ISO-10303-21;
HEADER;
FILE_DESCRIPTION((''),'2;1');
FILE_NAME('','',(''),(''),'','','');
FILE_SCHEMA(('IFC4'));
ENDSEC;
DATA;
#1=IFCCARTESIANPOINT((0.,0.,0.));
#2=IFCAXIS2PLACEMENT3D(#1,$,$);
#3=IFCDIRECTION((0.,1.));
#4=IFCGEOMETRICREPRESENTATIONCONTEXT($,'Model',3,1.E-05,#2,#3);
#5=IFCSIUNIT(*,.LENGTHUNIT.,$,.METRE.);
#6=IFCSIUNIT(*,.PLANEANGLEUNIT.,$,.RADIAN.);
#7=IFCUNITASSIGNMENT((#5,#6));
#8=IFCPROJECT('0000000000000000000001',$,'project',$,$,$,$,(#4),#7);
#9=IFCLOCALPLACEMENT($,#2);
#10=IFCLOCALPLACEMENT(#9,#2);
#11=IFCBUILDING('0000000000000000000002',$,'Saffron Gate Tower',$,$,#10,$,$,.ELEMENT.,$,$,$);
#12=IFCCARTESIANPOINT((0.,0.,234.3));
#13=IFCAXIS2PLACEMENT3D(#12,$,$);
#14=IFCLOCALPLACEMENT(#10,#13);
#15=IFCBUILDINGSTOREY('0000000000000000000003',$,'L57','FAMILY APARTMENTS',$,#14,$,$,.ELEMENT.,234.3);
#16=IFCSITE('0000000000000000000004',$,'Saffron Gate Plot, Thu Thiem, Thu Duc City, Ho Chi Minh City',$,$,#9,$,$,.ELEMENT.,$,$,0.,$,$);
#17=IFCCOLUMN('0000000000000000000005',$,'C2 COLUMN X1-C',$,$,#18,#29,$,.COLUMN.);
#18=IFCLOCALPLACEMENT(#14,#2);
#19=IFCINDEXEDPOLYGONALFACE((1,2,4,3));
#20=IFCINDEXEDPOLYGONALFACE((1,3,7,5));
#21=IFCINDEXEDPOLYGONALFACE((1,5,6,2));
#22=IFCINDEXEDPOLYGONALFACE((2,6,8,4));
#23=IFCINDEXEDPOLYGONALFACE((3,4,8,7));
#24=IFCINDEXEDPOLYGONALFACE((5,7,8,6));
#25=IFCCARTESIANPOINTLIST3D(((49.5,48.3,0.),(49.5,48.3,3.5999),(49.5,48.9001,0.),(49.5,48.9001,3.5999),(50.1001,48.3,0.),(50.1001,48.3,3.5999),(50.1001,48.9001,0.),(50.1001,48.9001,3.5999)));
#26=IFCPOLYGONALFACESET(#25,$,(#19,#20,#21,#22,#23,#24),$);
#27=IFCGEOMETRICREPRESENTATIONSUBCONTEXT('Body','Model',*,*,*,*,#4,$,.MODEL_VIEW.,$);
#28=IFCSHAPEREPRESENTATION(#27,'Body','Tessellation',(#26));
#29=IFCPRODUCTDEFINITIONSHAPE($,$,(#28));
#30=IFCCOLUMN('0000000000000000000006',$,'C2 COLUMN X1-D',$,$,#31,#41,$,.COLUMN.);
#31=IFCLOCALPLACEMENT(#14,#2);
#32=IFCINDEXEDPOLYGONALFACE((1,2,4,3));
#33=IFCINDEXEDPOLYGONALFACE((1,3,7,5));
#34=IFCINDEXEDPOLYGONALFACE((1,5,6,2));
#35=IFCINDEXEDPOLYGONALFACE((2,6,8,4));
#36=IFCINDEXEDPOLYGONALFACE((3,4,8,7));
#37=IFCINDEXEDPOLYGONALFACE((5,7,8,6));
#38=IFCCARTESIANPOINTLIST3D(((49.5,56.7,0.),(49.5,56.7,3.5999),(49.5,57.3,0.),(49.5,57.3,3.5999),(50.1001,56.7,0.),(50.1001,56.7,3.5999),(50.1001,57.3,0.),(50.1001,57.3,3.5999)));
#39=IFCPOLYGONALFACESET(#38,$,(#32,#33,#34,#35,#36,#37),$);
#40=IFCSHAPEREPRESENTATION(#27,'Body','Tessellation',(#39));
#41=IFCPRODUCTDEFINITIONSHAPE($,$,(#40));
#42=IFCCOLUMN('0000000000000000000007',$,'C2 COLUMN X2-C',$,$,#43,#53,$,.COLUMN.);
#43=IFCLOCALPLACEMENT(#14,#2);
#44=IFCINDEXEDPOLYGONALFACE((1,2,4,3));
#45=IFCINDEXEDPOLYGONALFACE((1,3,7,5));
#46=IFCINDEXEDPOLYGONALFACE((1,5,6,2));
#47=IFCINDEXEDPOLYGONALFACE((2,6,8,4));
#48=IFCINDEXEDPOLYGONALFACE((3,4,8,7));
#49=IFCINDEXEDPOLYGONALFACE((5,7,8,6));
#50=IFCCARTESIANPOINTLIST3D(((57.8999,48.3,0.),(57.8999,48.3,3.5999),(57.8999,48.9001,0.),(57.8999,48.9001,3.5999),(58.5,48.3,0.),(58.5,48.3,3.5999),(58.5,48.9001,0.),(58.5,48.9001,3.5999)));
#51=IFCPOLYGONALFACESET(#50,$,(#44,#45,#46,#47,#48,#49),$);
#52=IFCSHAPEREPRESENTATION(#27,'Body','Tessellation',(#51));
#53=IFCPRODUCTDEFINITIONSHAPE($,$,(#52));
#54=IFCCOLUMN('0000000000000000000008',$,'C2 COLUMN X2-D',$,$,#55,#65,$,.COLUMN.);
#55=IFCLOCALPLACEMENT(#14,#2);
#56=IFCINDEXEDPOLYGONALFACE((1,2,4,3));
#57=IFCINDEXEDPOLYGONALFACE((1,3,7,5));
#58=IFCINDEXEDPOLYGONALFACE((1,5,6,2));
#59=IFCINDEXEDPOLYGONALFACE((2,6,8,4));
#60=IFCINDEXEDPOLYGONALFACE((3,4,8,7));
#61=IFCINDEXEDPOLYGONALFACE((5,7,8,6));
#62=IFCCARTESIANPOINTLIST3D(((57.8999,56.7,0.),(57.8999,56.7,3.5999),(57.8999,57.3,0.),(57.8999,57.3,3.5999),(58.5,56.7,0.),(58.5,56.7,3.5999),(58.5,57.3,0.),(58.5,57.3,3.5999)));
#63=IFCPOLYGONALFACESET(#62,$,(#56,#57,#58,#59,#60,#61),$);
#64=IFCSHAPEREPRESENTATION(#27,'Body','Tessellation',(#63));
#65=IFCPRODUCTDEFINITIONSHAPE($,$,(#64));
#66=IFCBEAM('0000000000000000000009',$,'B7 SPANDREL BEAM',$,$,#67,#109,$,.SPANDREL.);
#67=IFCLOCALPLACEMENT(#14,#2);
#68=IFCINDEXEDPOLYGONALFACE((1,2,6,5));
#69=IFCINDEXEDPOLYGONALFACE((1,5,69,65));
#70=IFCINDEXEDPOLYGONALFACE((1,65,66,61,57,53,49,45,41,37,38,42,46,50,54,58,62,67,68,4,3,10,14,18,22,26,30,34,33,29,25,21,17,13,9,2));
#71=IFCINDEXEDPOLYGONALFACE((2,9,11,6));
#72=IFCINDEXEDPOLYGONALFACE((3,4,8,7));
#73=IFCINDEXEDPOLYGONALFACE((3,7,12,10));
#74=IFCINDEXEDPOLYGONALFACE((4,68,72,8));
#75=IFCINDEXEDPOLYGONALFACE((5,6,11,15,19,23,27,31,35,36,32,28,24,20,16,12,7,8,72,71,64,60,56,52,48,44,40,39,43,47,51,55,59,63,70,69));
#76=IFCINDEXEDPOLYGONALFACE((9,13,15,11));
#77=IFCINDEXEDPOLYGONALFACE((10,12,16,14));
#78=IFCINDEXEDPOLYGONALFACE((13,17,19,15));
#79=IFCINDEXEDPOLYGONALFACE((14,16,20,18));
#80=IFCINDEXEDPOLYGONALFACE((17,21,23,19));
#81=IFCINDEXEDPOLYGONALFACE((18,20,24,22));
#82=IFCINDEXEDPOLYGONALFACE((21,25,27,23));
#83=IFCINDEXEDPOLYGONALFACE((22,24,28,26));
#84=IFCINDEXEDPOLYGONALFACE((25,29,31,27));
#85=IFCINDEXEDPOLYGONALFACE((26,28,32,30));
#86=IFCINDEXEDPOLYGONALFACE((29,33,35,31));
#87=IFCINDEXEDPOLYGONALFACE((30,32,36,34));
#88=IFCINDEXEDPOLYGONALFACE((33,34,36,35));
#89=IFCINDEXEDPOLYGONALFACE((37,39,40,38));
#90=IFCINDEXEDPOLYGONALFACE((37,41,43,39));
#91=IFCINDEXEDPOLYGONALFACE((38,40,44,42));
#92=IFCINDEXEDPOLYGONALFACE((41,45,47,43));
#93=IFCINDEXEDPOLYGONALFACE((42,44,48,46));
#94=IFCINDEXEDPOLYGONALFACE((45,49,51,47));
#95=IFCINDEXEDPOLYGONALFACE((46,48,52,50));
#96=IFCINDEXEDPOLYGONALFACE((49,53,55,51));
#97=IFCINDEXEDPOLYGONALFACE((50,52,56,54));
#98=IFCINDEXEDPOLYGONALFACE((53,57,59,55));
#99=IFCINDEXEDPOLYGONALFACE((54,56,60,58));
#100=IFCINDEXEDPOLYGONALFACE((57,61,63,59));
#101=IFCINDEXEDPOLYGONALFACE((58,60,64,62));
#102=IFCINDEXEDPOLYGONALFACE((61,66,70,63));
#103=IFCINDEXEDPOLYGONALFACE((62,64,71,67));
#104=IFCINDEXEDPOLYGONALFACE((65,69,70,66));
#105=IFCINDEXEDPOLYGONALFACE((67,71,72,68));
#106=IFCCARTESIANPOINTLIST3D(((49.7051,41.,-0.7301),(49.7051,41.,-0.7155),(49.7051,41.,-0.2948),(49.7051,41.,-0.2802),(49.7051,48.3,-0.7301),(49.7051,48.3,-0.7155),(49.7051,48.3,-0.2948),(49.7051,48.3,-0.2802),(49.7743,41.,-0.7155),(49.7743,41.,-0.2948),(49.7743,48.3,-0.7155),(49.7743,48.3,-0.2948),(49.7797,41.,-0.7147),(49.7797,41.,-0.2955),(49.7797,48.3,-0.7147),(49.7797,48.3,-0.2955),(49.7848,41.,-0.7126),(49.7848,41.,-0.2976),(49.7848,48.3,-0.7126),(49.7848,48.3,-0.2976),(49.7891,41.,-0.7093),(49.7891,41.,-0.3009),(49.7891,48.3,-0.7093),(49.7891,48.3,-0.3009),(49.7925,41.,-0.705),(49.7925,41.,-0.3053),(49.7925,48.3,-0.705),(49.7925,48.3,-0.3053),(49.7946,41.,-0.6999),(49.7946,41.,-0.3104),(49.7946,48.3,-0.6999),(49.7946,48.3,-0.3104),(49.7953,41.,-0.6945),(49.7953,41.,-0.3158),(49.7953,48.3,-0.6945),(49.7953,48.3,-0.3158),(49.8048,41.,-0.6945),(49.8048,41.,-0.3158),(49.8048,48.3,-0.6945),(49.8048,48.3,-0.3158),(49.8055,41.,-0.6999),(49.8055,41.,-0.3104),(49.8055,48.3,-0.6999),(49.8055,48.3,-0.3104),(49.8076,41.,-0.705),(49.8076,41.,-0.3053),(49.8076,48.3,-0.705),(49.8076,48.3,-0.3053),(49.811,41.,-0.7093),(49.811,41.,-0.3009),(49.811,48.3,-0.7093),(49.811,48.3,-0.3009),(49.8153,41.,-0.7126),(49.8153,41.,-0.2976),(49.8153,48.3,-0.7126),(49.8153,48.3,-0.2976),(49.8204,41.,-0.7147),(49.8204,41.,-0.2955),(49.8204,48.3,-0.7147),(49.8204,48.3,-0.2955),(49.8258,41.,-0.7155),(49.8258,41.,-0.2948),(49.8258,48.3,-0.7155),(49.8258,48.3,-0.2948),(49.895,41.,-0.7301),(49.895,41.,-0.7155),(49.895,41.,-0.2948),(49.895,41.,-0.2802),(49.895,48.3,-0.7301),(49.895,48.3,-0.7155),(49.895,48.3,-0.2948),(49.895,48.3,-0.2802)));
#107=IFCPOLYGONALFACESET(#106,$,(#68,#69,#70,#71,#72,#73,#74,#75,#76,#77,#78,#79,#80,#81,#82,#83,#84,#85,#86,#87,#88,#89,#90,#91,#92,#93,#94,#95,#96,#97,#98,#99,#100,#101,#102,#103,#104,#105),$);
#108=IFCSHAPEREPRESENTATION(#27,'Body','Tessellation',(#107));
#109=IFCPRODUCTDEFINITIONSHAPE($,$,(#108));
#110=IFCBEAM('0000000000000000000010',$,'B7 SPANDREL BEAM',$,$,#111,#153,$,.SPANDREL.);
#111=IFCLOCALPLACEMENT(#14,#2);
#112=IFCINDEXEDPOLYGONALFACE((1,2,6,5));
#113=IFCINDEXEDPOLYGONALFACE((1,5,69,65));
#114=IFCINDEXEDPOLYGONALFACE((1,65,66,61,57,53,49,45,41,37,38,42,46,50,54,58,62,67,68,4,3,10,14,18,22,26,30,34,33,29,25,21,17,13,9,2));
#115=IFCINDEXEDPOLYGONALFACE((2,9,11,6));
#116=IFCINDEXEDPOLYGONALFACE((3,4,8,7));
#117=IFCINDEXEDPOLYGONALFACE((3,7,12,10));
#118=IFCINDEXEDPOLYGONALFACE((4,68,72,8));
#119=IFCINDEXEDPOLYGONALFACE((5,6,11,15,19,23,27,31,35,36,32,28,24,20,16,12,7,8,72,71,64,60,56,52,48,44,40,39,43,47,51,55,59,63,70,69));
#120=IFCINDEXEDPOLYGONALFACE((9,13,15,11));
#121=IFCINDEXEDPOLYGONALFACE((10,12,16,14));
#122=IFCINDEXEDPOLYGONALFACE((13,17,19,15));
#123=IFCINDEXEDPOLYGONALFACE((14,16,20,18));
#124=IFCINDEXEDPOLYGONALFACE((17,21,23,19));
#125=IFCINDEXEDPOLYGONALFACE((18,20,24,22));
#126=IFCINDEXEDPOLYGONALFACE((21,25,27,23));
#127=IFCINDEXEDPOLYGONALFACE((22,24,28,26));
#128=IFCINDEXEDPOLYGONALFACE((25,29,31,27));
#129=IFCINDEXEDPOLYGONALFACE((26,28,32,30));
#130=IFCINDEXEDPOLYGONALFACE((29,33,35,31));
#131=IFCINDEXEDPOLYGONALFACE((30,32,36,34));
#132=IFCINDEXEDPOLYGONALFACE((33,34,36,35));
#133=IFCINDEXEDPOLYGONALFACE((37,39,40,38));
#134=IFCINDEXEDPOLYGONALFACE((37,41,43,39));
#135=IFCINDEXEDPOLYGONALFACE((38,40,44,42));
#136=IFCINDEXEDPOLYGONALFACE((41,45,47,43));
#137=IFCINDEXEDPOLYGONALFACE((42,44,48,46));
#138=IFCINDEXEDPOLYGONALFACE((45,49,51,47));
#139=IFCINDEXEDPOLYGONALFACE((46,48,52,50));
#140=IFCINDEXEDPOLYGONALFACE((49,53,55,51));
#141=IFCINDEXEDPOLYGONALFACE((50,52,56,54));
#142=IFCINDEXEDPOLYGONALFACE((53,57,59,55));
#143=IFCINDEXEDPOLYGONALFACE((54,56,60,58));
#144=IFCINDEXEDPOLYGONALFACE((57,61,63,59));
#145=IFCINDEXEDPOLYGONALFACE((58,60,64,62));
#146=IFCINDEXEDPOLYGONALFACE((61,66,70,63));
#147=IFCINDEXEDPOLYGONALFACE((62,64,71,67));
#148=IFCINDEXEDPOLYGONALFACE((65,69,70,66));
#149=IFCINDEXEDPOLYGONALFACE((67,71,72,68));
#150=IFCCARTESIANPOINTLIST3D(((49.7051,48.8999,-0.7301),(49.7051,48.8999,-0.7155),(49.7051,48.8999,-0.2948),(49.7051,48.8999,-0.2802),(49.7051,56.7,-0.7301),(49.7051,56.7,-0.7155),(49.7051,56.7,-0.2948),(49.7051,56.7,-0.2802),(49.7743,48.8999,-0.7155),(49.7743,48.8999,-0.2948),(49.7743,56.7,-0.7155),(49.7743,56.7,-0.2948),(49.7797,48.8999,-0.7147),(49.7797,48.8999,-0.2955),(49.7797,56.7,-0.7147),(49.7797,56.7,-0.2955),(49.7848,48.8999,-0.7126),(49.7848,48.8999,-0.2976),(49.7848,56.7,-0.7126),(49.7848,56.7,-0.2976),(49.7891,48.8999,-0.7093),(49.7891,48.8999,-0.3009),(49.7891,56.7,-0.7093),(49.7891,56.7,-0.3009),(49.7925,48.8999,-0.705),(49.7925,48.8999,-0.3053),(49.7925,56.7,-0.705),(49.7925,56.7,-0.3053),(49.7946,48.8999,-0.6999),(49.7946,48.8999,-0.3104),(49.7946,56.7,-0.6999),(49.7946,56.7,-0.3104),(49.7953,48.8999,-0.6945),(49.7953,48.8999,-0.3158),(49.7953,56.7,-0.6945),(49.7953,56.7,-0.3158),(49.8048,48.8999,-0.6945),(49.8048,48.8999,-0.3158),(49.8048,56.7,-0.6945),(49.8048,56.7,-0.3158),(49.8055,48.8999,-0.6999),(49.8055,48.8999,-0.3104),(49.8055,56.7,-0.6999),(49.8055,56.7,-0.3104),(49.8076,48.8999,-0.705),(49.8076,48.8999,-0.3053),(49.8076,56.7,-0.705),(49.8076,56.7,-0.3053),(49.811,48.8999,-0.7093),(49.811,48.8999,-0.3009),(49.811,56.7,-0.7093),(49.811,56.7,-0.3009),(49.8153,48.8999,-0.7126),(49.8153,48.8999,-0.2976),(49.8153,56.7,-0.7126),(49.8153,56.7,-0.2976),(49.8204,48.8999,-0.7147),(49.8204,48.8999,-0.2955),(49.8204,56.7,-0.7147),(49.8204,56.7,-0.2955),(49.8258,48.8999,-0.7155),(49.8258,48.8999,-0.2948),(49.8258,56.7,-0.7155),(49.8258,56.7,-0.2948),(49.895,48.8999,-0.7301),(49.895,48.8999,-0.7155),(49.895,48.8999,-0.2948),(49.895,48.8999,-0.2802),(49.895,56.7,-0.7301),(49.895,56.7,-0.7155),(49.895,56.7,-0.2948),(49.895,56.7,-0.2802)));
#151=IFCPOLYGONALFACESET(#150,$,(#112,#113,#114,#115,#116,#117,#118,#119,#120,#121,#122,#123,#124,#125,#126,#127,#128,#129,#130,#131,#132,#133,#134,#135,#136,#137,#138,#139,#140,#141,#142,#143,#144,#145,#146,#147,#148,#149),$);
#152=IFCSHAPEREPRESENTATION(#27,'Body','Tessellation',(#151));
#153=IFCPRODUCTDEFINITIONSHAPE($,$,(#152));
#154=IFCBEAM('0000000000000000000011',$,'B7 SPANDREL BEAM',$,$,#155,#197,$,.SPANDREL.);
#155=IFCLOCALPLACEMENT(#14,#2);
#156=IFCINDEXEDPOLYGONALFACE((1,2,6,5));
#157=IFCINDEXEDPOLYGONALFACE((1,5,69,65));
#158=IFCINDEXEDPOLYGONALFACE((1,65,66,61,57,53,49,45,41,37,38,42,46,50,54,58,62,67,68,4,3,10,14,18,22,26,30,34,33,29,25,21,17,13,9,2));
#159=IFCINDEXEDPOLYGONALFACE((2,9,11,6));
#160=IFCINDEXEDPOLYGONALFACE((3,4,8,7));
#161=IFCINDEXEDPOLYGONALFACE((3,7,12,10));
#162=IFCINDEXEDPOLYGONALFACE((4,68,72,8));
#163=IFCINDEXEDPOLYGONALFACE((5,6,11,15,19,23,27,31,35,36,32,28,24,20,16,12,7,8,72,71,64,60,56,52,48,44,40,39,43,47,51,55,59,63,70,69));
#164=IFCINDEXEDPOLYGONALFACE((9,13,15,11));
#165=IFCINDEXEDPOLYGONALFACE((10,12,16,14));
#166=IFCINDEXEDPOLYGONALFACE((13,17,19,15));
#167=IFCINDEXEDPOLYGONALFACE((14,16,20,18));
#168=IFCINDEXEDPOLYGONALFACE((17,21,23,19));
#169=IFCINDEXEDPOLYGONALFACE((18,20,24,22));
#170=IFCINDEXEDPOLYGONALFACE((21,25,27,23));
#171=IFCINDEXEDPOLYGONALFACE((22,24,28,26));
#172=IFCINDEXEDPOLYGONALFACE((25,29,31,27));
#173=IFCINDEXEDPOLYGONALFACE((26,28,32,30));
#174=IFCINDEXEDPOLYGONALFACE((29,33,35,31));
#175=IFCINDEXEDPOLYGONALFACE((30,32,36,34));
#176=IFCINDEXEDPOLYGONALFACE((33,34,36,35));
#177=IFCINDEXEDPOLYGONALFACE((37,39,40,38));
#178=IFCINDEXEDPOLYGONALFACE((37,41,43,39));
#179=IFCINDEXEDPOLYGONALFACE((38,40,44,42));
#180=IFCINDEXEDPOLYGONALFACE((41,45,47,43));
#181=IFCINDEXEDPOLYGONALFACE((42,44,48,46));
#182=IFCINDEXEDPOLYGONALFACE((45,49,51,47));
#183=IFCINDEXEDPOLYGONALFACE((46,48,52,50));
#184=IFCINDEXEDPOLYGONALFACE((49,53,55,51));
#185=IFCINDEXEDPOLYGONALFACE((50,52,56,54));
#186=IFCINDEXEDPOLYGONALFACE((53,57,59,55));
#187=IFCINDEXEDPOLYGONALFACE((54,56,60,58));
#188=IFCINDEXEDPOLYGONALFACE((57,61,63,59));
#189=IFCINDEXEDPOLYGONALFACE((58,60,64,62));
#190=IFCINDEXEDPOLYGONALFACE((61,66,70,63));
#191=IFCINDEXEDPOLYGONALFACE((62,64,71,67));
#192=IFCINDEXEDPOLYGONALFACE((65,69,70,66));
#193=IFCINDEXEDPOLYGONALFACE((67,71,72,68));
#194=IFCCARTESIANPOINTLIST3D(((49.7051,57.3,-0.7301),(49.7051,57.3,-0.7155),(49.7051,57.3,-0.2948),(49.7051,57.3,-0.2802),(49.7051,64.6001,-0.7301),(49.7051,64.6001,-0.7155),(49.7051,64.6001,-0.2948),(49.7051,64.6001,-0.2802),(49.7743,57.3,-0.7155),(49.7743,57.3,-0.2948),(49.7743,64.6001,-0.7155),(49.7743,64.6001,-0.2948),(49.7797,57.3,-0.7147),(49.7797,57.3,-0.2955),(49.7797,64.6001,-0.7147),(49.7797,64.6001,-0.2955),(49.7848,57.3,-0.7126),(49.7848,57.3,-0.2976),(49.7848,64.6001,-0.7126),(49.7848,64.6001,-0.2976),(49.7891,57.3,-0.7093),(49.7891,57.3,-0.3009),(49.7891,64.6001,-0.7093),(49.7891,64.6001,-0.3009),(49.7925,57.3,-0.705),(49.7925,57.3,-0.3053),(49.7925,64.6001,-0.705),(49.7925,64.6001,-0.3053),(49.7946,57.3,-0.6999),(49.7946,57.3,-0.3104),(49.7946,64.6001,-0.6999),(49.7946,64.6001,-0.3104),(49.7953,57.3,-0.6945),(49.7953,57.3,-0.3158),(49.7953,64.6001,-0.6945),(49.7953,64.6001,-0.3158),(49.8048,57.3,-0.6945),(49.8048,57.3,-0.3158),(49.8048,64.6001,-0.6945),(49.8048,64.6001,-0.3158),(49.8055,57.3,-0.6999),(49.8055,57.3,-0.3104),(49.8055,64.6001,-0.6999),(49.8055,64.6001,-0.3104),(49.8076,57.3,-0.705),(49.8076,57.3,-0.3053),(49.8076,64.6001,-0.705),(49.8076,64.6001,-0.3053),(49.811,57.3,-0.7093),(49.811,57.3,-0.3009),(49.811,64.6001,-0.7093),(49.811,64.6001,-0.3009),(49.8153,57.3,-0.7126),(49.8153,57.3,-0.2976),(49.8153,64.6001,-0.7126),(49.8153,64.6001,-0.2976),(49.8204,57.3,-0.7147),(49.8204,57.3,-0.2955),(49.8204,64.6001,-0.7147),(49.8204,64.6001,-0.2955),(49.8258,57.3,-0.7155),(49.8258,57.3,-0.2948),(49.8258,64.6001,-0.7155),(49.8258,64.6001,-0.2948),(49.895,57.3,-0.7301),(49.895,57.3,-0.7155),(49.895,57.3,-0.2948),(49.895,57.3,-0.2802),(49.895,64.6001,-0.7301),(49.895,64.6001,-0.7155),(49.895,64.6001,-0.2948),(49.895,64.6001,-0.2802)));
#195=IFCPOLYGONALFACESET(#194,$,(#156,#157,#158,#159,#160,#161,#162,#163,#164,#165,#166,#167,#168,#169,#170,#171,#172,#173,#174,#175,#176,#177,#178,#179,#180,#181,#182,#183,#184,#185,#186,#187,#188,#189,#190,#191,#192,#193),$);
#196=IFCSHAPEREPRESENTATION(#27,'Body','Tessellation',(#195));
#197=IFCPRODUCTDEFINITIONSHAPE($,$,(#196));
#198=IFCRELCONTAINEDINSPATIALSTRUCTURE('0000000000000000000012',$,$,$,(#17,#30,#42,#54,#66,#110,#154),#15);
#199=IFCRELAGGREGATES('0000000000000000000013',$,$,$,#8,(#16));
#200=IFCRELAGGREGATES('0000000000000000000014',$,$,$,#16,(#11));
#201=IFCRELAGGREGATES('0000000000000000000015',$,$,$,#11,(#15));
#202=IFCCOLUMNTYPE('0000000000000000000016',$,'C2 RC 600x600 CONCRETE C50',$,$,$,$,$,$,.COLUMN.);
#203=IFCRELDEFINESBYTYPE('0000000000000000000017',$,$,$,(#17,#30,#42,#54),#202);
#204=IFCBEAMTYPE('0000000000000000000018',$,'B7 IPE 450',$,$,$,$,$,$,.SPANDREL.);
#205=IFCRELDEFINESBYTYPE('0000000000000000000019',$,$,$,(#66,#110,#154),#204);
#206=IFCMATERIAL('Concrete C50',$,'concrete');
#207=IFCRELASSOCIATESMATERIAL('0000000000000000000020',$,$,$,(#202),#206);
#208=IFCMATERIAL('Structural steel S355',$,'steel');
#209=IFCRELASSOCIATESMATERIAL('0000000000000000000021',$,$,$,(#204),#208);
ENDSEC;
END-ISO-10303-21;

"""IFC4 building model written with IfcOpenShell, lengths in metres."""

from ifc_helpers import new_model, si_unit, direction, frame, origin, origin_2d, place, context, subcontext, project, spatial, rectangle, i_section, extrude, material, material_profile, profile_set, type_object, element, save


model = new_model("IFC4")

# Units and contexts
model_context = context("Model", 3, precision=1e-05, world=origin(), true_north=direction((0.0, 1.0)))
body_context = subcontext(model_context, "Body", "Model", "MODEL_VIEW")
ifc_project = project(units=[si_unit("LENGTHUNIT", "METRE"), si_unit("PLANEANGLEUNIT", "RADIAN")], contexts=[model_context])

# Site, building, storey
site_placement = place(None, origin())
site = spatial("IfcSite", under=ifc_project, at=site_placement, Name="Saffron Gate Plot, Thu Thiem, Thu Duc City, Ho Chi Minh City", CompositionType="ELEMENT", RefElevation=0.0)
building_placement = place(site_placement, origin())
building = spatial("IfcBuilding", under=site, at=building_placement, Name="Saffron Gate Tower", CompositionType="ELEMENT")
storey_placement = place(building_placement, frame((0.0, 0.0, 234.3)))
storey = spatial("IfcBuildingStorey", under=building, at=storey_placement, Name="L57", Description="FAMILY APARTMENTS", CompositionType="ELEMENT", Elevation=234.3)

# Columns
ifc_material_1 = material(Name="Concrete C50", Category="concrete")
ifc_material_profile_1 = material_profile(ifc_material_1, rectangle(XDim=0.6001, YDim=0.6001, at=origin_2d()))
ifc_profile_set_1 = profile_set([ifc_material_profile_1], Name="Concrete C50")
column_type = type_object("IfcColumnType", Name="C2 RC 600x600 CONCRETE C50", PredefinedType="COLUMN", material=ifc_profile_set_1)
for number, where, z_axis, x_axis, name in (
    (1, (49.8, 48.6001, 0.0), (0.0, 0.0, 1.0), (1.0, 0.0, 0.0), "C2 COLUMN X1-C"),
    (2, (49.8, 57.0, 0.0), (0.0, 0.0, 1.0), (1.0, 0.0, 0.0), "C2 COLUMN X1-D"),
    (3, (58.2, 48.6001, 0.0), (0.0, 0.0, 1.0), (1.0, 0.0, 0.0), "C2 COLUMN X2-C"),
    (4, (58.2, 57.0, 0.0), (0.0, 0.0, 1.0), (1.0, 0.0, 0.0), "C2 COLUMN X2-D"),
):
    element("IfcColumn", number, at=place(storey_placement, frame(where, z_axis=z_axis, x_axis=x_axis)), inside=storey, type_object=column_type, Name=name, PredefinedType="COLUMN", context=body_context, shape_type="SweptSolid", body=[
        extrude(rectangle(XDim=0.6001, YDim=0.6001, at=origin_2d()), origin(), (0.0, 0.0, 1.0), 3.5999),
    ])

# Beams
ifc_material_2 = material(Name="Structural steel S355", Category="steel")
ifc_material_profile_2 = material_profile(ifc_material_2, i_section(OverallWidth=0.1899, OverallDepth=0.45, WebThickness=0.0095, FlangeThickness=0.0146, FilletRadius=0.021, at=origin_2d()))
ifc_profile_set_2 = profile_set([ifc_material_profile_2], Name="Structural steel S355")
beam_type = type_object("IfcBeamType", Name="B7 IPE 450", PredefinedType="SPANDREL", material=ifc_profile_set_2)
beam_1_placement = place(storey_placement, frame((49.8, 41.0, -0.5051), z_axis=(0.0, 1.0, 0.0), x_axis=(-1.0, 0.0, 0.0)))
element("IfcBeam", 5, at=beam_1_placement, inside=storey, type_object=beam_type, Name="B7 SPANDREL BEAM", PredefinedType="SPANDREL", context=body_context, shape_type="SweptSolid", body=[
    extrude(i_section(OverallWidth=0.1899, OverallDepth=0.45, WebThickness=0.0095, FlangeThickness=0.0146, FilletRadius=0.021, at=origin_2d()), origin(), (0.0, 0.0, 1.0), 7.3),
])
beam_2_placement = place(storey_placement, frame((49.8, 48.8999, -0.5051), z_axis=(0.0, 1.0, 0.0), x_axis=(-1.0, 0.0, 0.0)))
element("IfcBeam", 6, at=beam_2_placement, inside=storey, type_object=beam_type, Name="B7 SPANDREL BEAM", PredefinedType="SPANDREL", context=body_context, shape_type="SweptSolid", body=[
    extrude(i_section(OverallWidth=0.1899, OverallDepth=0.45, WebThickness=0.0095, FlangeThickness=0.0146, FilletRadius=0.021, at=origin_2d()), origin(), (0.0, 0.0, 1.0), 7.8),
])
beam_3_placement = place(storey_placement, frame((49.8, 57.3, -0.5051), z_axis=(0.0, 1.0, 0.0), x_axis=(-1.0, 0.0, 0.0)))
element("IfcBeam", 7, at=beam_3_placement, inside=storey, type_object=beam_type, Name="B7 SPANDREL BEAM", PredefinedType="SPANDREL", context=body_context, shape_type="SweptSolid", body=[
    extrude(i_section(OverallWidth=0.1899, OverallDepth=0.45, WebThickness=0.0095, FlangeThickness=0.0146, FilletRadius=0.021, at=origin_2d()), origin(), (0.0, 0.0, 1.0), 7.3),
])

save(model, "model.ifc")
